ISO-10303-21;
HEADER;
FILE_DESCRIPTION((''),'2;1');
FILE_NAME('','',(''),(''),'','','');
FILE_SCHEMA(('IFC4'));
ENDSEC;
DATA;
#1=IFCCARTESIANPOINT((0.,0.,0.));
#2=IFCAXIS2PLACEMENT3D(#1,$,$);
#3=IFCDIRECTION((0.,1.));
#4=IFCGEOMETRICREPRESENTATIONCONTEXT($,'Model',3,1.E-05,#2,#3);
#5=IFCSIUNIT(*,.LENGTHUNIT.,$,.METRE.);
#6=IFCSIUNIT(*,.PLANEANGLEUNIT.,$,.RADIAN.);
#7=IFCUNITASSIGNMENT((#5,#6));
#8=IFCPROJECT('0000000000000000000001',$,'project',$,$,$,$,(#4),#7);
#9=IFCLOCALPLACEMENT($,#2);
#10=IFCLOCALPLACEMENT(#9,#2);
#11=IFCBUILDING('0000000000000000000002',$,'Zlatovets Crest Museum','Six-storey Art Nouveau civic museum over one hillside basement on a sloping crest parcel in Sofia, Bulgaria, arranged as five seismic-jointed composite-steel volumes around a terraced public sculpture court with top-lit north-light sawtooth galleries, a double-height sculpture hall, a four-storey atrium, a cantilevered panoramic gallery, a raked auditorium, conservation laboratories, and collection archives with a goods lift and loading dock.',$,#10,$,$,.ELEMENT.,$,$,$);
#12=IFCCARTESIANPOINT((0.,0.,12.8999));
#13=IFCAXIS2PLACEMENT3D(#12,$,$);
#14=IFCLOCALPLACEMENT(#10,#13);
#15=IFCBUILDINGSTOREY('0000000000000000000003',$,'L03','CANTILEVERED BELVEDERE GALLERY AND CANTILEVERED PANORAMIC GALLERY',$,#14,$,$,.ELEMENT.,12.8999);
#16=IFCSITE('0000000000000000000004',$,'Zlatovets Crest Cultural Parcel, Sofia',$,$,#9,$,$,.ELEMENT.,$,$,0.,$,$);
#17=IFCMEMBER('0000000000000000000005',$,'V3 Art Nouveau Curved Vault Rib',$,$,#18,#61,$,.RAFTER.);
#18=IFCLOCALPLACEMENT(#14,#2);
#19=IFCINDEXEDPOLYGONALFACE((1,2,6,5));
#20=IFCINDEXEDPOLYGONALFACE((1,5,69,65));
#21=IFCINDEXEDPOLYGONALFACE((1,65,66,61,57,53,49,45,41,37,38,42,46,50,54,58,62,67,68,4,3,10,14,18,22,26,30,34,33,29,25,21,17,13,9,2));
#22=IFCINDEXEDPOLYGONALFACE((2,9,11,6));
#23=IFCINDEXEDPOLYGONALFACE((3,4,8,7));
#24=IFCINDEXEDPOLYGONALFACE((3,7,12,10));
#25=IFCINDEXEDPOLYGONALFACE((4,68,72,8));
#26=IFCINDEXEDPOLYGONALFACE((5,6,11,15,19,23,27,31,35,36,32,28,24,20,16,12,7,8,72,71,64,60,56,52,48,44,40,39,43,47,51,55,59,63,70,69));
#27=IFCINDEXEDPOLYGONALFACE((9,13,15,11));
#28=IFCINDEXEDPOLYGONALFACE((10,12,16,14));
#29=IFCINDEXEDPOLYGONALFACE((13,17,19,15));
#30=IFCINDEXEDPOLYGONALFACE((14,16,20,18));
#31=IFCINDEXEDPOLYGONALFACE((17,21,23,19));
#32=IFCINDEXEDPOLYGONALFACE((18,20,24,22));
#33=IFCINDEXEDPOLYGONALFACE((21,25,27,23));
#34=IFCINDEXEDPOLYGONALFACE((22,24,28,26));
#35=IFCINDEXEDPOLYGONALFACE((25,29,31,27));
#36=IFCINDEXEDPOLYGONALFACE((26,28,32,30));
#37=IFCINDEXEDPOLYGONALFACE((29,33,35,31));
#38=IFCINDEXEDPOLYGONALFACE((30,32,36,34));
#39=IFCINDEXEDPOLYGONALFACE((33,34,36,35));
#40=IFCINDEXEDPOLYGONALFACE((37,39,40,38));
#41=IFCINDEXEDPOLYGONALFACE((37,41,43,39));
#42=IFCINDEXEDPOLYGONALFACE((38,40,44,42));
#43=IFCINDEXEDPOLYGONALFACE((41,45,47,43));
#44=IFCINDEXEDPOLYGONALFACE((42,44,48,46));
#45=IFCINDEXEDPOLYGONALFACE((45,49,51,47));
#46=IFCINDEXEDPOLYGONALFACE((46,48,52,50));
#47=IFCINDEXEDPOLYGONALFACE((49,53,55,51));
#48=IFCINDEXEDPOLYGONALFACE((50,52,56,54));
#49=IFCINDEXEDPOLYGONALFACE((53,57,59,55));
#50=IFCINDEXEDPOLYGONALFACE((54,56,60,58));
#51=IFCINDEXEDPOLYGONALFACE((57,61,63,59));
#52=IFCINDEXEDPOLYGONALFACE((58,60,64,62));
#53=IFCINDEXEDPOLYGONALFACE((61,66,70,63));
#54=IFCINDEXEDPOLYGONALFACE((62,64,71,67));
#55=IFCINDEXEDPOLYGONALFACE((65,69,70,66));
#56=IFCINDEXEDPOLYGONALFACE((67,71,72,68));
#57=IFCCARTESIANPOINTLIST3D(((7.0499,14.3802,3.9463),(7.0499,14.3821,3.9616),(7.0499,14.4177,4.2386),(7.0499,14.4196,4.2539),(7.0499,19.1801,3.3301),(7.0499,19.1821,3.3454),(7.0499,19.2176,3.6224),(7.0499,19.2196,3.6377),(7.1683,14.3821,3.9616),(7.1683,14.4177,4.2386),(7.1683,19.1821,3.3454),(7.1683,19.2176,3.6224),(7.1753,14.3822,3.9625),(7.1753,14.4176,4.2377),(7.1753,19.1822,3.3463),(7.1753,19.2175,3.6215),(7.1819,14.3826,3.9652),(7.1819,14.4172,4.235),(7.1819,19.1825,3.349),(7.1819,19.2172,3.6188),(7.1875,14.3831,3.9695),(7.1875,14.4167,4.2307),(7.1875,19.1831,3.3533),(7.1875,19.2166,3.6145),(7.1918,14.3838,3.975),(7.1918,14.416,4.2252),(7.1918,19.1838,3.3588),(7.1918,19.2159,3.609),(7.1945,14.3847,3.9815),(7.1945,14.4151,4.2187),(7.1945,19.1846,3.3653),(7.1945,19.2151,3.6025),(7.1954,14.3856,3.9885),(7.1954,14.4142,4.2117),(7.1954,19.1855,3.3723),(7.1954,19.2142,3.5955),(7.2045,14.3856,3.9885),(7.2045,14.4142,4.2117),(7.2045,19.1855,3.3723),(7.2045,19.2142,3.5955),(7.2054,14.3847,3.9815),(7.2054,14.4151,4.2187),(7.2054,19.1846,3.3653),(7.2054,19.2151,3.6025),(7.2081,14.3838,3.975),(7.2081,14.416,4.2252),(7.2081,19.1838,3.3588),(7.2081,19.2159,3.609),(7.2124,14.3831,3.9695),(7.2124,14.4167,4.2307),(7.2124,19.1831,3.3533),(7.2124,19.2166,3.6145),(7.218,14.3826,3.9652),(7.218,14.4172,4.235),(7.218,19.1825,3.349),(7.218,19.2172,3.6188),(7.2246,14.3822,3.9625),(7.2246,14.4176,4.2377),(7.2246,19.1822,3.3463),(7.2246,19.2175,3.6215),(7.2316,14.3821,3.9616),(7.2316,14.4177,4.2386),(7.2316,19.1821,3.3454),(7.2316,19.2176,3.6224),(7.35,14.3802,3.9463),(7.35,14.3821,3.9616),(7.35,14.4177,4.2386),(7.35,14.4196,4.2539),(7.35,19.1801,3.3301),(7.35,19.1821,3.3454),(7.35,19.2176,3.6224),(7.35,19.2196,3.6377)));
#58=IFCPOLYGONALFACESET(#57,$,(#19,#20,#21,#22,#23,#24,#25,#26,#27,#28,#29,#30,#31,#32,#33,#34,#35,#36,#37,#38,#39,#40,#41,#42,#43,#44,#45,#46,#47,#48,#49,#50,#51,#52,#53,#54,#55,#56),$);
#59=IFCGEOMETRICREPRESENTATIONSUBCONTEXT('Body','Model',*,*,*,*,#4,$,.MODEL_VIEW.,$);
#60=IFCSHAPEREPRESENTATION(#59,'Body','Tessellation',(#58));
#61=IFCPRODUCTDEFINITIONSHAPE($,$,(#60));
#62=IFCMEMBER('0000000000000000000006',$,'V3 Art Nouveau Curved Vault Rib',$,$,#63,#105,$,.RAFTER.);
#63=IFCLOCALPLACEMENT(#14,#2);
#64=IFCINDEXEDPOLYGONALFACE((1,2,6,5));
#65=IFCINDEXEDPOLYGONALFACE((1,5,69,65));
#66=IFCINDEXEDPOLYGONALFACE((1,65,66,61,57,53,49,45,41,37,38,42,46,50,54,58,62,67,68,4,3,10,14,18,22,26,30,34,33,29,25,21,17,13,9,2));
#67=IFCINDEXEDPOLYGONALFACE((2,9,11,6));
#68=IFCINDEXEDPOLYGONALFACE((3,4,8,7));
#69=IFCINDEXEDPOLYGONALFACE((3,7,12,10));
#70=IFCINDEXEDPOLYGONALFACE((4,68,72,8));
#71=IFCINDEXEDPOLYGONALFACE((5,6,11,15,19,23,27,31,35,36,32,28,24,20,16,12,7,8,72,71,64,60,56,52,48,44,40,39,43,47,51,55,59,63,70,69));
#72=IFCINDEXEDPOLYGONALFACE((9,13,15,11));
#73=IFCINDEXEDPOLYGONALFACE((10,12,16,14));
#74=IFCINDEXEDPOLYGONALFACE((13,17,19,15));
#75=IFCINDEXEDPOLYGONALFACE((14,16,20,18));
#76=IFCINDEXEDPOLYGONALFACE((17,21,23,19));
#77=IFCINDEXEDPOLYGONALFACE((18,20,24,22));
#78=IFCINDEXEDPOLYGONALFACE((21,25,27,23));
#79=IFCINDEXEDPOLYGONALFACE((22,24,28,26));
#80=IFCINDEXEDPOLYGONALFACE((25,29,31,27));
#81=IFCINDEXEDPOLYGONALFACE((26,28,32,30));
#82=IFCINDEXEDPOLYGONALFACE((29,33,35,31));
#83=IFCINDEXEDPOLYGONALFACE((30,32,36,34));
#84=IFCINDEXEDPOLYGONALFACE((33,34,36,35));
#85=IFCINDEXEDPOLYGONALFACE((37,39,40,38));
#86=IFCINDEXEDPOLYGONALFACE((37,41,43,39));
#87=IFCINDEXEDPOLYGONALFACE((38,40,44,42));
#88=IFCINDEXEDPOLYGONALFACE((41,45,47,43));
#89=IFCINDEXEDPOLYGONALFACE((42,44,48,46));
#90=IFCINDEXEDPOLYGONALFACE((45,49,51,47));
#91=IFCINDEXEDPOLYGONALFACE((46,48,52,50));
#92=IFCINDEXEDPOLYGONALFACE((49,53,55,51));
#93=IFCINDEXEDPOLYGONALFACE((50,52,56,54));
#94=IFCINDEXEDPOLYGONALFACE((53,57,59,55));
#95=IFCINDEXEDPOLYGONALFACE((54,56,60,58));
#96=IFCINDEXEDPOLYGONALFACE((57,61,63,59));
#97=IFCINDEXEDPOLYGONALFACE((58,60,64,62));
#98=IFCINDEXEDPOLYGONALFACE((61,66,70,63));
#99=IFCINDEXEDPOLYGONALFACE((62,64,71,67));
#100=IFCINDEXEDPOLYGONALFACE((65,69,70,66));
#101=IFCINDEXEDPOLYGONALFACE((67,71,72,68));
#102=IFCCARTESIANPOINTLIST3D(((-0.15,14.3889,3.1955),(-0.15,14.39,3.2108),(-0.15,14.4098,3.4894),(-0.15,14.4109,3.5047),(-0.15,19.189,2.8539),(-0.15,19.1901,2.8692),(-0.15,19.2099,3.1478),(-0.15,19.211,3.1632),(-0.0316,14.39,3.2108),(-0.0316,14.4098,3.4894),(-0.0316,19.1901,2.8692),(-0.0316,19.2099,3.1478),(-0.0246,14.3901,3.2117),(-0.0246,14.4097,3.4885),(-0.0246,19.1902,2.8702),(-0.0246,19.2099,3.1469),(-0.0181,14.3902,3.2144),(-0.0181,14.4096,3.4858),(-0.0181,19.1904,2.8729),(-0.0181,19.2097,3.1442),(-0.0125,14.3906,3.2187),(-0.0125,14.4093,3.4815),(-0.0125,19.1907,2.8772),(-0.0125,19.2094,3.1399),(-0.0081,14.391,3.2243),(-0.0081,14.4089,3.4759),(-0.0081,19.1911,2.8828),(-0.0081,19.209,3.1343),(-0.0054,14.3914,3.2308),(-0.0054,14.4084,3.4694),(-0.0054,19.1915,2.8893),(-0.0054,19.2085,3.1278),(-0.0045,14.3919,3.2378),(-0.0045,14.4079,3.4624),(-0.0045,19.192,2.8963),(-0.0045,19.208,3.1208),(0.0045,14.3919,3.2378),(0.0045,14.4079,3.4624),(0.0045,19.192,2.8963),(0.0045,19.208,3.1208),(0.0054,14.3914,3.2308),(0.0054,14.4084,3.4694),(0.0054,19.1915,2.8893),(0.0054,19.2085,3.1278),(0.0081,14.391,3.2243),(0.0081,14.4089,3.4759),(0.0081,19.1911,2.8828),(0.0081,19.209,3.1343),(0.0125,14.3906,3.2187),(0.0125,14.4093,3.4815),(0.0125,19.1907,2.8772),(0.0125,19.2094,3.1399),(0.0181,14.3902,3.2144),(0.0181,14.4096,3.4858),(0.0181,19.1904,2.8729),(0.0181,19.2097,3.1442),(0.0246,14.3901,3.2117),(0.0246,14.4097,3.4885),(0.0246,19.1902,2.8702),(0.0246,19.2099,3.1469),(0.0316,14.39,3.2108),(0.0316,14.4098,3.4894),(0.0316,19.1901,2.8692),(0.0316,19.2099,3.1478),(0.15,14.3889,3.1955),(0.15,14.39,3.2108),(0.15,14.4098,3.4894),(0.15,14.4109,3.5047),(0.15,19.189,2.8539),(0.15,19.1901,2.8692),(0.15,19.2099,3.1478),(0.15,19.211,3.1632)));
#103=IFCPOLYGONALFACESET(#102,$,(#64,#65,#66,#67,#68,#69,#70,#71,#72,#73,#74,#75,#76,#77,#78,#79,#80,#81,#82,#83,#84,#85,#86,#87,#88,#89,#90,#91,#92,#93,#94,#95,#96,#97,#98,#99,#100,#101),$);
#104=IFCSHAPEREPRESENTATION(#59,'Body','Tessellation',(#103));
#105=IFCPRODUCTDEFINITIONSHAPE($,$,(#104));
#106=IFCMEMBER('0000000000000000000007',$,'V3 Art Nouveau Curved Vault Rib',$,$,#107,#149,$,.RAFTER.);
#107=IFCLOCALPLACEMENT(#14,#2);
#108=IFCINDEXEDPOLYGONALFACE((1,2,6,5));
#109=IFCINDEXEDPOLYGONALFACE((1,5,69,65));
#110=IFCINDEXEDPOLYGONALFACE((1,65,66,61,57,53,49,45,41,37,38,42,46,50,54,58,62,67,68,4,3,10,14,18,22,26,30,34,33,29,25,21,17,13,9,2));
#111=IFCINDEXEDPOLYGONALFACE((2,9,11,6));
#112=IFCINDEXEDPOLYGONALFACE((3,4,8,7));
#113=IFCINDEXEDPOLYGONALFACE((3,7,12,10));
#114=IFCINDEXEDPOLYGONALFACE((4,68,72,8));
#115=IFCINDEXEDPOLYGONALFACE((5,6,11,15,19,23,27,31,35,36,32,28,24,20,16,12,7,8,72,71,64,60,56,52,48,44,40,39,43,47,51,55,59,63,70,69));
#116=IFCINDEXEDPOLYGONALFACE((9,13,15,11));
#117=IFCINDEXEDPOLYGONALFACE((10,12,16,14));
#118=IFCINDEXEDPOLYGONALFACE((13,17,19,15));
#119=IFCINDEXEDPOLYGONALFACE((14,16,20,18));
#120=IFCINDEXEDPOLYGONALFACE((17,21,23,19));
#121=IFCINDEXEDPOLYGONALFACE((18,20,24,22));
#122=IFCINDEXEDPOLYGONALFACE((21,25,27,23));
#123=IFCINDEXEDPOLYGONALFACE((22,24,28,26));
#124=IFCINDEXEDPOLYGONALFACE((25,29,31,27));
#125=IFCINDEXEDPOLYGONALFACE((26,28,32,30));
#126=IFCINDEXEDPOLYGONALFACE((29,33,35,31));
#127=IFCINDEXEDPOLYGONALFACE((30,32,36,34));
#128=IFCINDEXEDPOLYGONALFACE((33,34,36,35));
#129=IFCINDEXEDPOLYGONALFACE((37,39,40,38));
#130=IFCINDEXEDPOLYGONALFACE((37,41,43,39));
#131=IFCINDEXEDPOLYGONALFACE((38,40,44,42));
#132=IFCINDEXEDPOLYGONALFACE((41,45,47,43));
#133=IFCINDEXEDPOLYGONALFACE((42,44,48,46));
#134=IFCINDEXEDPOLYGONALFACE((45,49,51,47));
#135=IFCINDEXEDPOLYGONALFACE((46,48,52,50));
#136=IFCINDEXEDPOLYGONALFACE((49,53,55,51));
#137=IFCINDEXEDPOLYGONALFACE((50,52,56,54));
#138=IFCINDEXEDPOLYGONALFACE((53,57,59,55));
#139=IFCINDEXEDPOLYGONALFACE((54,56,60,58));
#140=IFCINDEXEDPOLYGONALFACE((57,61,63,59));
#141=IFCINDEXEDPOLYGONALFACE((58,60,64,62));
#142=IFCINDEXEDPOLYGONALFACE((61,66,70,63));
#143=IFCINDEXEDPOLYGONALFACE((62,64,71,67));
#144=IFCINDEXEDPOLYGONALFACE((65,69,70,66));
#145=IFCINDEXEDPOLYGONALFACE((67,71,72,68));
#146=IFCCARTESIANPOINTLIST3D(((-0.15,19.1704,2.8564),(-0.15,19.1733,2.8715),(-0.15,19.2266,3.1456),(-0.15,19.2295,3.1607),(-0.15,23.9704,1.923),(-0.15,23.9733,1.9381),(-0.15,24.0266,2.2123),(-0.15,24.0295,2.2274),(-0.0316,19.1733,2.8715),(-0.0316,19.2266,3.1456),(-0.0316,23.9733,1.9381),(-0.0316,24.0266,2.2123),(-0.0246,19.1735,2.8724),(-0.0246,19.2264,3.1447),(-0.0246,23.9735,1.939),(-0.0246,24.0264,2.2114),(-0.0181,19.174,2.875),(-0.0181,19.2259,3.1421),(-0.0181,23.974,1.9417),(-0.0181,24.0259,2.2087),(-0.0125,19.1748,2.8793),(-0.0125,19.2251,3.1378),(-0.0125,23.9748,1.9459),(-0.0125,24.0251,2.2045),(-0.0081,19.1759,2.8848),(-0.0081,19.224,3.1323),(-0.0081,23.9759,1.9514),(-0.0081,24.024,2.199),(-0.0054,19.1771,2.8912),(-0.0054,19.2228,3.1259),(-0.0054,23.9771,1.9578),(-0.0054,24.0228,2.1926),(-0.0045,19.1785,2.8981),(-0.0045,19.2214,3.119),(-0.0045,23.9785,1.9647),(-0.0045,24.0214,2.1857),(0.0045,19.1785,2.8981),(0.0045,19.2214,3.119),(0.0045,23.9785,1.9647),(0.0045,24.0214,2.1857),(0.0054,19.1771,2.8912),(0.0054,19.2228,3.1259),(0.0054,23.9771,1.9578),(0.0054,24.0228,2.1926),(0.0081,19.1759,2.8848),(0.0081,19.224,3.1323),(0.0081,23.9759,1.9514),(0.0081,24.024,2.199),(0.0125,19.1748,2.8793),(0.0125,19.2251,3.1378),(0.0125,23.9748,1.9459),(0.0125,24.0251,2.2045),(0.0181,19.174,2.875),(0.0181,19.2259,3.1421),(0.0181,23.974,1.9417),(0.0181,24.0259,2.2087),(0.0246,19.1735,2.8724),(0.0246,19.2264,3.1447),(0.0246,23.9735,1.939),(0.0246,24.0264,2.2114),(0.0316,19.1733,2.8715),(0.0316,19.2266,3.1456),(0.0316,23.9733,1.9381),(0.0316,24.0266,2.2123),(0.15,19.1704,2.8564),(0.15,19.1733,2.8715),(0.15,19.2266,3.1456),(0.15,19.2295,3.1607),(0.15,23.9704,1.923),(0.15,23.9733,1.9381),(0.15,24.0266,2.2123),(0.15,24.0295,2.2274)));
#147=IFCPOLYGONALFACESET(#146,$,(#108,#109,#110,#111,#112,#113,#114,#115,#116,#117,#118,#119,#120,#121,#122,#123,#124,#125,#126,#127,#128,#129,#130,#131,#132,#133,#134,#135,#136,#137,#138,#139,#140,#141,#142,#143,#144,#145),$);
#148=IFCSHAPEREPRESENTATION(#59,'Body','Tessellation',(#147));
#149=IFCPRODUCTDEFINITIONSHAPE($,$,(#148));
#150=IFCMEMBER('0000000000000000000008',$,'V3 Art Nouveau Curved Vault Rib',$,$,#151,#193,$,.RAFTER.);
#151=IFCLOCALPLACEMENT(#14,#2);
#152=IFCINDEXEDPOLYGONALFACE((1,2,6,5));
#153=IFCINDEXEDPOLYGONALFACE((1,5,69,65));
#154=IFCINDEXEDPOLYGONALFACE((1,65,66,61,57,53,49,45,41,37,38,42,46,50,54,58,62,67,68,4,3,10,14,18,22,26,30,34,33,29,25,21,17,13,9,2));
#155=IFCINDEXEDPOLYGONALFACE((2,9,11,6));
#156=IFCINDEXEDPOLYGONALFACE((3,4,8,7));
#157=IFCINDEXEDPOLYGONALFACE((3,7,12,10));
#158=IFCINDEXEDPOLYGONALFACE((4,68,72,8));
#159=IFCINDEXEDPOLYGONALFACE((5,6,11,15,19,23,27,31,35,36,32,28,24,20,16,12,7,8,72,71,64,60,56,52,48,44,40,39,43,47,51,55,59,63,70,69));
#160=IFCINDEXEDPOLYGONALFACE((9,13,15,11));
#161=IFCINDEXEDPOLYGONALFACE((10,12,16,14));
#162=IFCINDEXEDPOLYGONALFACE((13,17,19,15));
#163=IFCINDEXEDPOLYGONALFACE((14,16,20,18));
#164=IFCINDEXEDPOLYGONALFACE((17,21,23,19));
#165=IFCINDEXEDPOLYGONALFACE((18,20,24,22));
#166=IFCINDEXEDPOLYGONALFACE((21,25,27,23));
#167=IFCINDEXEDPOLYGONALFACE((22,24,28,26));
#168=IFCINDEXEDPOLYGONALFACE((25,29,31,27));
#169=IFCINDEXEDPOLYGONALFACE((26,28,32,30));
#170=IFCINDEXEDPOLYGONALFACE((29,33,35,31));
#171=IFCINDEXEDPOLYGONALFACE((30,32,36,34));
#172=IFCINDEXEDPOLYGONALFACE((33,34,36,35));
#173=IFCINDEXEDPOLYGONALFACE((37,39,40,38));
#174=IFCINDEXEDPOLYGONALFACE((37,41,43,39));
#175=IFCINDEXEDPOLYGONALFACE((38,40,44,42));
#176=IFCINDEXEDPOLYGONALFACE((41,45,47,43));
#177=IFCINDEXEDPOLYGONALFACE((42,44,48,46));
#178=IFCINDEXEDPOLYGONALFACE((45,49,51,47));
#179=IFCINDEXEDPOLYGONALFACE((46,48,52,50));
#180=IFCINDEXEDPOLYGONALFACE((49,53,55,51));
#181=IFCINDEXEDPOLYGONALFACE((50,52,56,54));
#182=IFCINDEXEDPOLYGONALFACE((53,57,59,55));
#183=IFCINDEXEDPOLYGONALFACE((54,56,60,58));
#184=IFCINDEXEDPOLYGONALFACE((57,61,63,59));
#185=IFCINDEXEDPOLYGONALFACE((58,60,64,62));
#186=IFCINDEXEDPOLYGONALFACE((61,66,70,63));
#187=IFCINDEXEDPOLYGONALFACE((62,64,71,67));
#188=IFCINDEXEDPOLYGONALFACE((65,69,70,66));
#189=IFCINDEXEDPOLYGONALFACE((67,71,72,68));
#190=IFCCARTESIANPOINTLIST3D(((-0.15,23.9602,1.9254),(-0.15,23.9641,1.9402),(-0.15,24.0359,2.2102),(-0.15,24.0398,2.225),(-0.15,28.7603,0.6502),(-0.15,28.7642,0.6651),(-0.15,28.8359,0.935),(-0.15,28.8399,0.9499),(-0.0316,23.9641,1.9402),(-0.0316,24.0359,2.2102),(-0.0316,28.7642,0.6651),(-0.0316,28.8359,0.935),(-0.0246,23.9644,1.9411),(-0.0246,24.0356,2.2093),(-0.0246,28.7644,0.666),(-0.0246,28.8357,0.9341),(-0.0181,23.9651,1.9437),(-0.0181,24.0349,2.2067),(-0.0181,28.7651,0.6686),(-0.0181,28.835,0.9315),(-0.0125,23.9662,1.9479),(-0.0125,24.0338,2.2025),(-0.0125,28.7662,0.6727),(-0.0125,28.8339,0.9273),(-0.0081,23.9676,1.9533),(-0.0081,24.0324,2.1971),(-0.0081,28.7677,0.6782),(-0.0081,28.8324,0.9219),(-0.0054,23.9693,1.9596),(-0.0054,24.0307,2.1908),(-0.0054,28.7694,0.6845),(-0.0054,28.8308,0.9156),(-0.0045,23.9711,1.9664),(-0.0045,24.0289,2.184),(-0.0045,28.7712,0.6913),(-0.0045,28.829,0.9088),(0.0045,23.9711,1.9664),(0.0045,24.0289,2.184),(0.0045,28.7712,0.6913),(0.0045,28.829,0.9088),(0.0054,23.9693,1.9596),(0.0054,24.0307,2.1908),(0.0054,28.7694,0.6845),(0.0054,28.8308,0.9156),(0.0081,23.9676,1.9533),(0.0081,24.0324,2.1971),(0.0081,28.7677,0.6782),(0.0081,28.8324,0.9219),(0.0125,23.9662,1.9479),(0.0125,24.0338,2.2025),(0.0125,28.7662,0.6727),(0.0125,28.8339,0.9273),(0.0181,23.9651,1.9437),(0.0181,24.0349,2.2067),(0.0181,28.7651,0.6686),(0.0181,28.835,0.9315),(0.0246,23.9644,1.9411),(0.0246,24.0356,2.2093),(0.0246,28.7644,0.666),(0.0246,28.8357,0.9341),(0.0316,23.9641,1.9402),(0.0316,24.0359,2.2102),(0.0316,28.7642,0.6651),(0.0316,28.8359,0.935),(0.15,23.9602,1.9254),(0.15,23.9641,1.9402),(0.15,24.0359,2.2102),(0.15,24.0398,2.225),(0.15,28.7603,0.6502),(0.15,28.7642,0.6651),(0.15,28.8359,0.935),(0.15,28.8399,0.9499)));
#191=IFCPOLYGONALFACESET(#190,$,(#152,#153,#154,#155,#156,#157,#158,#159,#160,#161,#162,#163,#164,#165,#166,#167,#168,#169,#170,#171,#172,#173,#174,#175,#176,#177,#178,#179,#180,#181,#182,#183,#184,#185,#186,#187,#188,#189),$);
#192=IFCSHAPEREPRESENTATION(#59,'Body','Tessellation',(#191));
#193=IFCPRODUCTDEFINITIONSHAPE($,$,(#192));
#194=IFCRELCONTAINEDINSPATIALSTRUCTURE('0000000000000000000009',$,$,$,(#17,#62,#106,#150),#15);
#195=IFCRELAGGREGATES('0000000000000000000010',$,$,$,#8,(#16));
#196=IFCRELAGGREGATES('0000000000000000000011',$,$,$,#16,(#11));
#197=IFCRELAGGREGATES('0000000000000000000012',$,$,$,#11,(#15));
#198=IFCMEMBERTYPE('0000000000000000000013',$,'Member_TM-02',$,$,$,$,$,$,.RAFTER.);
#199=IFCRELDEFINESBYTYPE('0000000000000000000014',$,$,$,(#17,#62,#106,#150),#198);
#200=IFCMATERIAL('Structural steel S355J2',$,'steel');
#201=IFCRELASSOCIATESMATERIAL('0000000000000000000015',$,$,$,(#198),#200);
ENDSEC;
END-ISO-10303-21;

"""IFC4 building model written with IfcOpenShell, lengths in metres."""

from ifc_helpers import new_model, si_unit, direction, frame, origin, origin_2d, place, context, subcontext, project, spatial, i_section, extrude, material, material_profile, profile_set, type_object, element, save


model = new_model("IFC4")

# Units and contexts
model_context = context("Model", 3, precision=1e-05, world=origin(), true_north=direction((0.0, 1.0)))
body_context = subcontext(model_context, "Body", "Model", "MODEL_VIEW")
ifc_project = project(units=[si_unit("LENGTHUNIT", "METRE"), si_unit("PLANEANGLEUNIT", "RADIAN")], contexts=[model_context])

# Site, building, storey
site_placement = place(None, origin())
site = spatial("IfcSite", under=ifc_project, at=site_placement, Name="Zlatovets Crest Cultural Parcel, Sofia", CompositionType="ELEMENT", RefElevation=0.0)
building_placement = place(site_placement, origin())
building = spatial("IfcBuilding", under=site, at=building_placement, Name="Zlatovets Crest Museum", Description="Six-storey Art Nouveau civic museum over one hillside basement on a sloping crest parcel in Sofia, Bulgaria, arranged as five seismic-jointed composite-steel volumes around a terraced public sculpture court with top-lit north-light sawtooth galleries, a double-height sculpture hall, a four-storey atrium, a cantilevered panoramic gallery, a raked auditorium, conservation laboratories, and collection archives with a goods lift and loading dock.", CompositionType="ELEMENT")
storey_placement = place(building_placement, frame((0.0, 0.0, 12.8999)))
storey = spatial("IfcBuildingStorey", under=building, at=storey_placement, Name="L03", Description="CANTILEVERED BELVEDERE GALLERY AND CANTILEVERED PANORAMIC GALLERY", CompositionType="ELEMENT", Elevation=12.8999)

# Shared definitions
ifc_material_1 = material(Name="Structural steel S355J2", Category="steel")

# Members
ifc_material_profile_1 = material_profile(ifc_material_1, i_section(OverallWidth=0.3, OverallDepth=0.3101, WebThickness=0.009, FlangeThickness=0.0154, FilletRadius=0.0271, at=origin_2d()), Name="HEA 320")
ifc_profile_set_1 = profile_set([ifc_material_profile_1], Name="Structural steel S355J2")
member_type_1 = type_object("IfcMemberType", Name="Member_TM-02", PredefinedType="RAFTER", material=ifc_profile_set_1)
member_1_placement = place(storey_placement, frame((7.2, 14.3999, 4.1001), z_axis=(0.0, 0.99186, -0.127331), x_axis=(-1.0, 0.0, 0.0)))
element("IfcMember", 1, at=member_1_placement, inside=storey, type_object=member_type_1, Name="V3 Art Nouveau Curved Vault Rib", PredefinedType="RAFTER", context=body_context, shape_type="SweptSolid", body=[
    extrude(i_section(OverallWidth=0.3, OverallDepth=0.3101, WebThickness=0.009, FlangeThickness=0.0154, FilletRadius=0.0271, at=origin_2d()), origin(), (0.0, 0.0, 1.0), 4.8394),
])
member_2_placement = place(storey_placement, frame((0.0, 14.3999, 3.3501), z_axis=(0.0, 0.997478, -0.070977), x_axis=(-1.0, 0.0, 0.0)))
element("IfcMember", 2, at=member_2_placement, inside=storey, type_object=member_type_1, Name="V3 Art Nouveau Curved Vault Rib", PredefinedType="RAFTER", context=body_context, shape_type="SweptSolid", body=[
    extrude(i_section(OverallWidth=0.3, OverallDepth=0.3101, WebThickness=0.009, FlangeThickness=0.0154, FilletRadius=0.0271, at=origin_2d()), origin(), (0.0, 0.0, 1.0), 4.8123),
])
member_3_placement = place(storey_placement, frame((0.0, 19.2, 3.0085), z_axis=(0.0, 0.981615, -0.190871), x_axis=(-1.0, 0.0, 0.0)))
element("IfcMember", 3, at=member_3_placement, inside=storey, type_object=member_type_1, Name="V3 Art Nouveau Curved Vault Rib", PredefinedType="RAFTER", context=body_context, shape_type="SweptSolid", body=[
    extrude(i_section(OverallWidth=0.3, OverallDepth=0.3101, WebThickness=0.009, FlangeThickness=0.0154, FilletRadius=0.0271, at=origin_2d()), origin(), (0.0, 0.0, 1.0), 4.8899),
])
member_4_placement = place(storey_placement, frame((0.0, 24.0, 2.0752), z_axis=(0.0, 0.966478, -0.256748), x_axis=(-1.0, 0.0, 0.0)))
element("IfcMember", 4, at=member_4_placement, inside=storey, type_object=member_type_1, Name="V3 Art Nouveau Curved Vault Rib", PredefinedType="RAFTER", context=body_context, shape_type="SweptSolid", body=[
    extrude(i_section(OverallWidth=0.3, OverallDepth=0.3101, WebThickness=0.009, FlangeThickness=0.0154, FilletRadius=0.0271, at=origin_2d()), origin(), (0.0, 0.0, 1.0), 4.9666),
])

save(model, "model.ifc")
